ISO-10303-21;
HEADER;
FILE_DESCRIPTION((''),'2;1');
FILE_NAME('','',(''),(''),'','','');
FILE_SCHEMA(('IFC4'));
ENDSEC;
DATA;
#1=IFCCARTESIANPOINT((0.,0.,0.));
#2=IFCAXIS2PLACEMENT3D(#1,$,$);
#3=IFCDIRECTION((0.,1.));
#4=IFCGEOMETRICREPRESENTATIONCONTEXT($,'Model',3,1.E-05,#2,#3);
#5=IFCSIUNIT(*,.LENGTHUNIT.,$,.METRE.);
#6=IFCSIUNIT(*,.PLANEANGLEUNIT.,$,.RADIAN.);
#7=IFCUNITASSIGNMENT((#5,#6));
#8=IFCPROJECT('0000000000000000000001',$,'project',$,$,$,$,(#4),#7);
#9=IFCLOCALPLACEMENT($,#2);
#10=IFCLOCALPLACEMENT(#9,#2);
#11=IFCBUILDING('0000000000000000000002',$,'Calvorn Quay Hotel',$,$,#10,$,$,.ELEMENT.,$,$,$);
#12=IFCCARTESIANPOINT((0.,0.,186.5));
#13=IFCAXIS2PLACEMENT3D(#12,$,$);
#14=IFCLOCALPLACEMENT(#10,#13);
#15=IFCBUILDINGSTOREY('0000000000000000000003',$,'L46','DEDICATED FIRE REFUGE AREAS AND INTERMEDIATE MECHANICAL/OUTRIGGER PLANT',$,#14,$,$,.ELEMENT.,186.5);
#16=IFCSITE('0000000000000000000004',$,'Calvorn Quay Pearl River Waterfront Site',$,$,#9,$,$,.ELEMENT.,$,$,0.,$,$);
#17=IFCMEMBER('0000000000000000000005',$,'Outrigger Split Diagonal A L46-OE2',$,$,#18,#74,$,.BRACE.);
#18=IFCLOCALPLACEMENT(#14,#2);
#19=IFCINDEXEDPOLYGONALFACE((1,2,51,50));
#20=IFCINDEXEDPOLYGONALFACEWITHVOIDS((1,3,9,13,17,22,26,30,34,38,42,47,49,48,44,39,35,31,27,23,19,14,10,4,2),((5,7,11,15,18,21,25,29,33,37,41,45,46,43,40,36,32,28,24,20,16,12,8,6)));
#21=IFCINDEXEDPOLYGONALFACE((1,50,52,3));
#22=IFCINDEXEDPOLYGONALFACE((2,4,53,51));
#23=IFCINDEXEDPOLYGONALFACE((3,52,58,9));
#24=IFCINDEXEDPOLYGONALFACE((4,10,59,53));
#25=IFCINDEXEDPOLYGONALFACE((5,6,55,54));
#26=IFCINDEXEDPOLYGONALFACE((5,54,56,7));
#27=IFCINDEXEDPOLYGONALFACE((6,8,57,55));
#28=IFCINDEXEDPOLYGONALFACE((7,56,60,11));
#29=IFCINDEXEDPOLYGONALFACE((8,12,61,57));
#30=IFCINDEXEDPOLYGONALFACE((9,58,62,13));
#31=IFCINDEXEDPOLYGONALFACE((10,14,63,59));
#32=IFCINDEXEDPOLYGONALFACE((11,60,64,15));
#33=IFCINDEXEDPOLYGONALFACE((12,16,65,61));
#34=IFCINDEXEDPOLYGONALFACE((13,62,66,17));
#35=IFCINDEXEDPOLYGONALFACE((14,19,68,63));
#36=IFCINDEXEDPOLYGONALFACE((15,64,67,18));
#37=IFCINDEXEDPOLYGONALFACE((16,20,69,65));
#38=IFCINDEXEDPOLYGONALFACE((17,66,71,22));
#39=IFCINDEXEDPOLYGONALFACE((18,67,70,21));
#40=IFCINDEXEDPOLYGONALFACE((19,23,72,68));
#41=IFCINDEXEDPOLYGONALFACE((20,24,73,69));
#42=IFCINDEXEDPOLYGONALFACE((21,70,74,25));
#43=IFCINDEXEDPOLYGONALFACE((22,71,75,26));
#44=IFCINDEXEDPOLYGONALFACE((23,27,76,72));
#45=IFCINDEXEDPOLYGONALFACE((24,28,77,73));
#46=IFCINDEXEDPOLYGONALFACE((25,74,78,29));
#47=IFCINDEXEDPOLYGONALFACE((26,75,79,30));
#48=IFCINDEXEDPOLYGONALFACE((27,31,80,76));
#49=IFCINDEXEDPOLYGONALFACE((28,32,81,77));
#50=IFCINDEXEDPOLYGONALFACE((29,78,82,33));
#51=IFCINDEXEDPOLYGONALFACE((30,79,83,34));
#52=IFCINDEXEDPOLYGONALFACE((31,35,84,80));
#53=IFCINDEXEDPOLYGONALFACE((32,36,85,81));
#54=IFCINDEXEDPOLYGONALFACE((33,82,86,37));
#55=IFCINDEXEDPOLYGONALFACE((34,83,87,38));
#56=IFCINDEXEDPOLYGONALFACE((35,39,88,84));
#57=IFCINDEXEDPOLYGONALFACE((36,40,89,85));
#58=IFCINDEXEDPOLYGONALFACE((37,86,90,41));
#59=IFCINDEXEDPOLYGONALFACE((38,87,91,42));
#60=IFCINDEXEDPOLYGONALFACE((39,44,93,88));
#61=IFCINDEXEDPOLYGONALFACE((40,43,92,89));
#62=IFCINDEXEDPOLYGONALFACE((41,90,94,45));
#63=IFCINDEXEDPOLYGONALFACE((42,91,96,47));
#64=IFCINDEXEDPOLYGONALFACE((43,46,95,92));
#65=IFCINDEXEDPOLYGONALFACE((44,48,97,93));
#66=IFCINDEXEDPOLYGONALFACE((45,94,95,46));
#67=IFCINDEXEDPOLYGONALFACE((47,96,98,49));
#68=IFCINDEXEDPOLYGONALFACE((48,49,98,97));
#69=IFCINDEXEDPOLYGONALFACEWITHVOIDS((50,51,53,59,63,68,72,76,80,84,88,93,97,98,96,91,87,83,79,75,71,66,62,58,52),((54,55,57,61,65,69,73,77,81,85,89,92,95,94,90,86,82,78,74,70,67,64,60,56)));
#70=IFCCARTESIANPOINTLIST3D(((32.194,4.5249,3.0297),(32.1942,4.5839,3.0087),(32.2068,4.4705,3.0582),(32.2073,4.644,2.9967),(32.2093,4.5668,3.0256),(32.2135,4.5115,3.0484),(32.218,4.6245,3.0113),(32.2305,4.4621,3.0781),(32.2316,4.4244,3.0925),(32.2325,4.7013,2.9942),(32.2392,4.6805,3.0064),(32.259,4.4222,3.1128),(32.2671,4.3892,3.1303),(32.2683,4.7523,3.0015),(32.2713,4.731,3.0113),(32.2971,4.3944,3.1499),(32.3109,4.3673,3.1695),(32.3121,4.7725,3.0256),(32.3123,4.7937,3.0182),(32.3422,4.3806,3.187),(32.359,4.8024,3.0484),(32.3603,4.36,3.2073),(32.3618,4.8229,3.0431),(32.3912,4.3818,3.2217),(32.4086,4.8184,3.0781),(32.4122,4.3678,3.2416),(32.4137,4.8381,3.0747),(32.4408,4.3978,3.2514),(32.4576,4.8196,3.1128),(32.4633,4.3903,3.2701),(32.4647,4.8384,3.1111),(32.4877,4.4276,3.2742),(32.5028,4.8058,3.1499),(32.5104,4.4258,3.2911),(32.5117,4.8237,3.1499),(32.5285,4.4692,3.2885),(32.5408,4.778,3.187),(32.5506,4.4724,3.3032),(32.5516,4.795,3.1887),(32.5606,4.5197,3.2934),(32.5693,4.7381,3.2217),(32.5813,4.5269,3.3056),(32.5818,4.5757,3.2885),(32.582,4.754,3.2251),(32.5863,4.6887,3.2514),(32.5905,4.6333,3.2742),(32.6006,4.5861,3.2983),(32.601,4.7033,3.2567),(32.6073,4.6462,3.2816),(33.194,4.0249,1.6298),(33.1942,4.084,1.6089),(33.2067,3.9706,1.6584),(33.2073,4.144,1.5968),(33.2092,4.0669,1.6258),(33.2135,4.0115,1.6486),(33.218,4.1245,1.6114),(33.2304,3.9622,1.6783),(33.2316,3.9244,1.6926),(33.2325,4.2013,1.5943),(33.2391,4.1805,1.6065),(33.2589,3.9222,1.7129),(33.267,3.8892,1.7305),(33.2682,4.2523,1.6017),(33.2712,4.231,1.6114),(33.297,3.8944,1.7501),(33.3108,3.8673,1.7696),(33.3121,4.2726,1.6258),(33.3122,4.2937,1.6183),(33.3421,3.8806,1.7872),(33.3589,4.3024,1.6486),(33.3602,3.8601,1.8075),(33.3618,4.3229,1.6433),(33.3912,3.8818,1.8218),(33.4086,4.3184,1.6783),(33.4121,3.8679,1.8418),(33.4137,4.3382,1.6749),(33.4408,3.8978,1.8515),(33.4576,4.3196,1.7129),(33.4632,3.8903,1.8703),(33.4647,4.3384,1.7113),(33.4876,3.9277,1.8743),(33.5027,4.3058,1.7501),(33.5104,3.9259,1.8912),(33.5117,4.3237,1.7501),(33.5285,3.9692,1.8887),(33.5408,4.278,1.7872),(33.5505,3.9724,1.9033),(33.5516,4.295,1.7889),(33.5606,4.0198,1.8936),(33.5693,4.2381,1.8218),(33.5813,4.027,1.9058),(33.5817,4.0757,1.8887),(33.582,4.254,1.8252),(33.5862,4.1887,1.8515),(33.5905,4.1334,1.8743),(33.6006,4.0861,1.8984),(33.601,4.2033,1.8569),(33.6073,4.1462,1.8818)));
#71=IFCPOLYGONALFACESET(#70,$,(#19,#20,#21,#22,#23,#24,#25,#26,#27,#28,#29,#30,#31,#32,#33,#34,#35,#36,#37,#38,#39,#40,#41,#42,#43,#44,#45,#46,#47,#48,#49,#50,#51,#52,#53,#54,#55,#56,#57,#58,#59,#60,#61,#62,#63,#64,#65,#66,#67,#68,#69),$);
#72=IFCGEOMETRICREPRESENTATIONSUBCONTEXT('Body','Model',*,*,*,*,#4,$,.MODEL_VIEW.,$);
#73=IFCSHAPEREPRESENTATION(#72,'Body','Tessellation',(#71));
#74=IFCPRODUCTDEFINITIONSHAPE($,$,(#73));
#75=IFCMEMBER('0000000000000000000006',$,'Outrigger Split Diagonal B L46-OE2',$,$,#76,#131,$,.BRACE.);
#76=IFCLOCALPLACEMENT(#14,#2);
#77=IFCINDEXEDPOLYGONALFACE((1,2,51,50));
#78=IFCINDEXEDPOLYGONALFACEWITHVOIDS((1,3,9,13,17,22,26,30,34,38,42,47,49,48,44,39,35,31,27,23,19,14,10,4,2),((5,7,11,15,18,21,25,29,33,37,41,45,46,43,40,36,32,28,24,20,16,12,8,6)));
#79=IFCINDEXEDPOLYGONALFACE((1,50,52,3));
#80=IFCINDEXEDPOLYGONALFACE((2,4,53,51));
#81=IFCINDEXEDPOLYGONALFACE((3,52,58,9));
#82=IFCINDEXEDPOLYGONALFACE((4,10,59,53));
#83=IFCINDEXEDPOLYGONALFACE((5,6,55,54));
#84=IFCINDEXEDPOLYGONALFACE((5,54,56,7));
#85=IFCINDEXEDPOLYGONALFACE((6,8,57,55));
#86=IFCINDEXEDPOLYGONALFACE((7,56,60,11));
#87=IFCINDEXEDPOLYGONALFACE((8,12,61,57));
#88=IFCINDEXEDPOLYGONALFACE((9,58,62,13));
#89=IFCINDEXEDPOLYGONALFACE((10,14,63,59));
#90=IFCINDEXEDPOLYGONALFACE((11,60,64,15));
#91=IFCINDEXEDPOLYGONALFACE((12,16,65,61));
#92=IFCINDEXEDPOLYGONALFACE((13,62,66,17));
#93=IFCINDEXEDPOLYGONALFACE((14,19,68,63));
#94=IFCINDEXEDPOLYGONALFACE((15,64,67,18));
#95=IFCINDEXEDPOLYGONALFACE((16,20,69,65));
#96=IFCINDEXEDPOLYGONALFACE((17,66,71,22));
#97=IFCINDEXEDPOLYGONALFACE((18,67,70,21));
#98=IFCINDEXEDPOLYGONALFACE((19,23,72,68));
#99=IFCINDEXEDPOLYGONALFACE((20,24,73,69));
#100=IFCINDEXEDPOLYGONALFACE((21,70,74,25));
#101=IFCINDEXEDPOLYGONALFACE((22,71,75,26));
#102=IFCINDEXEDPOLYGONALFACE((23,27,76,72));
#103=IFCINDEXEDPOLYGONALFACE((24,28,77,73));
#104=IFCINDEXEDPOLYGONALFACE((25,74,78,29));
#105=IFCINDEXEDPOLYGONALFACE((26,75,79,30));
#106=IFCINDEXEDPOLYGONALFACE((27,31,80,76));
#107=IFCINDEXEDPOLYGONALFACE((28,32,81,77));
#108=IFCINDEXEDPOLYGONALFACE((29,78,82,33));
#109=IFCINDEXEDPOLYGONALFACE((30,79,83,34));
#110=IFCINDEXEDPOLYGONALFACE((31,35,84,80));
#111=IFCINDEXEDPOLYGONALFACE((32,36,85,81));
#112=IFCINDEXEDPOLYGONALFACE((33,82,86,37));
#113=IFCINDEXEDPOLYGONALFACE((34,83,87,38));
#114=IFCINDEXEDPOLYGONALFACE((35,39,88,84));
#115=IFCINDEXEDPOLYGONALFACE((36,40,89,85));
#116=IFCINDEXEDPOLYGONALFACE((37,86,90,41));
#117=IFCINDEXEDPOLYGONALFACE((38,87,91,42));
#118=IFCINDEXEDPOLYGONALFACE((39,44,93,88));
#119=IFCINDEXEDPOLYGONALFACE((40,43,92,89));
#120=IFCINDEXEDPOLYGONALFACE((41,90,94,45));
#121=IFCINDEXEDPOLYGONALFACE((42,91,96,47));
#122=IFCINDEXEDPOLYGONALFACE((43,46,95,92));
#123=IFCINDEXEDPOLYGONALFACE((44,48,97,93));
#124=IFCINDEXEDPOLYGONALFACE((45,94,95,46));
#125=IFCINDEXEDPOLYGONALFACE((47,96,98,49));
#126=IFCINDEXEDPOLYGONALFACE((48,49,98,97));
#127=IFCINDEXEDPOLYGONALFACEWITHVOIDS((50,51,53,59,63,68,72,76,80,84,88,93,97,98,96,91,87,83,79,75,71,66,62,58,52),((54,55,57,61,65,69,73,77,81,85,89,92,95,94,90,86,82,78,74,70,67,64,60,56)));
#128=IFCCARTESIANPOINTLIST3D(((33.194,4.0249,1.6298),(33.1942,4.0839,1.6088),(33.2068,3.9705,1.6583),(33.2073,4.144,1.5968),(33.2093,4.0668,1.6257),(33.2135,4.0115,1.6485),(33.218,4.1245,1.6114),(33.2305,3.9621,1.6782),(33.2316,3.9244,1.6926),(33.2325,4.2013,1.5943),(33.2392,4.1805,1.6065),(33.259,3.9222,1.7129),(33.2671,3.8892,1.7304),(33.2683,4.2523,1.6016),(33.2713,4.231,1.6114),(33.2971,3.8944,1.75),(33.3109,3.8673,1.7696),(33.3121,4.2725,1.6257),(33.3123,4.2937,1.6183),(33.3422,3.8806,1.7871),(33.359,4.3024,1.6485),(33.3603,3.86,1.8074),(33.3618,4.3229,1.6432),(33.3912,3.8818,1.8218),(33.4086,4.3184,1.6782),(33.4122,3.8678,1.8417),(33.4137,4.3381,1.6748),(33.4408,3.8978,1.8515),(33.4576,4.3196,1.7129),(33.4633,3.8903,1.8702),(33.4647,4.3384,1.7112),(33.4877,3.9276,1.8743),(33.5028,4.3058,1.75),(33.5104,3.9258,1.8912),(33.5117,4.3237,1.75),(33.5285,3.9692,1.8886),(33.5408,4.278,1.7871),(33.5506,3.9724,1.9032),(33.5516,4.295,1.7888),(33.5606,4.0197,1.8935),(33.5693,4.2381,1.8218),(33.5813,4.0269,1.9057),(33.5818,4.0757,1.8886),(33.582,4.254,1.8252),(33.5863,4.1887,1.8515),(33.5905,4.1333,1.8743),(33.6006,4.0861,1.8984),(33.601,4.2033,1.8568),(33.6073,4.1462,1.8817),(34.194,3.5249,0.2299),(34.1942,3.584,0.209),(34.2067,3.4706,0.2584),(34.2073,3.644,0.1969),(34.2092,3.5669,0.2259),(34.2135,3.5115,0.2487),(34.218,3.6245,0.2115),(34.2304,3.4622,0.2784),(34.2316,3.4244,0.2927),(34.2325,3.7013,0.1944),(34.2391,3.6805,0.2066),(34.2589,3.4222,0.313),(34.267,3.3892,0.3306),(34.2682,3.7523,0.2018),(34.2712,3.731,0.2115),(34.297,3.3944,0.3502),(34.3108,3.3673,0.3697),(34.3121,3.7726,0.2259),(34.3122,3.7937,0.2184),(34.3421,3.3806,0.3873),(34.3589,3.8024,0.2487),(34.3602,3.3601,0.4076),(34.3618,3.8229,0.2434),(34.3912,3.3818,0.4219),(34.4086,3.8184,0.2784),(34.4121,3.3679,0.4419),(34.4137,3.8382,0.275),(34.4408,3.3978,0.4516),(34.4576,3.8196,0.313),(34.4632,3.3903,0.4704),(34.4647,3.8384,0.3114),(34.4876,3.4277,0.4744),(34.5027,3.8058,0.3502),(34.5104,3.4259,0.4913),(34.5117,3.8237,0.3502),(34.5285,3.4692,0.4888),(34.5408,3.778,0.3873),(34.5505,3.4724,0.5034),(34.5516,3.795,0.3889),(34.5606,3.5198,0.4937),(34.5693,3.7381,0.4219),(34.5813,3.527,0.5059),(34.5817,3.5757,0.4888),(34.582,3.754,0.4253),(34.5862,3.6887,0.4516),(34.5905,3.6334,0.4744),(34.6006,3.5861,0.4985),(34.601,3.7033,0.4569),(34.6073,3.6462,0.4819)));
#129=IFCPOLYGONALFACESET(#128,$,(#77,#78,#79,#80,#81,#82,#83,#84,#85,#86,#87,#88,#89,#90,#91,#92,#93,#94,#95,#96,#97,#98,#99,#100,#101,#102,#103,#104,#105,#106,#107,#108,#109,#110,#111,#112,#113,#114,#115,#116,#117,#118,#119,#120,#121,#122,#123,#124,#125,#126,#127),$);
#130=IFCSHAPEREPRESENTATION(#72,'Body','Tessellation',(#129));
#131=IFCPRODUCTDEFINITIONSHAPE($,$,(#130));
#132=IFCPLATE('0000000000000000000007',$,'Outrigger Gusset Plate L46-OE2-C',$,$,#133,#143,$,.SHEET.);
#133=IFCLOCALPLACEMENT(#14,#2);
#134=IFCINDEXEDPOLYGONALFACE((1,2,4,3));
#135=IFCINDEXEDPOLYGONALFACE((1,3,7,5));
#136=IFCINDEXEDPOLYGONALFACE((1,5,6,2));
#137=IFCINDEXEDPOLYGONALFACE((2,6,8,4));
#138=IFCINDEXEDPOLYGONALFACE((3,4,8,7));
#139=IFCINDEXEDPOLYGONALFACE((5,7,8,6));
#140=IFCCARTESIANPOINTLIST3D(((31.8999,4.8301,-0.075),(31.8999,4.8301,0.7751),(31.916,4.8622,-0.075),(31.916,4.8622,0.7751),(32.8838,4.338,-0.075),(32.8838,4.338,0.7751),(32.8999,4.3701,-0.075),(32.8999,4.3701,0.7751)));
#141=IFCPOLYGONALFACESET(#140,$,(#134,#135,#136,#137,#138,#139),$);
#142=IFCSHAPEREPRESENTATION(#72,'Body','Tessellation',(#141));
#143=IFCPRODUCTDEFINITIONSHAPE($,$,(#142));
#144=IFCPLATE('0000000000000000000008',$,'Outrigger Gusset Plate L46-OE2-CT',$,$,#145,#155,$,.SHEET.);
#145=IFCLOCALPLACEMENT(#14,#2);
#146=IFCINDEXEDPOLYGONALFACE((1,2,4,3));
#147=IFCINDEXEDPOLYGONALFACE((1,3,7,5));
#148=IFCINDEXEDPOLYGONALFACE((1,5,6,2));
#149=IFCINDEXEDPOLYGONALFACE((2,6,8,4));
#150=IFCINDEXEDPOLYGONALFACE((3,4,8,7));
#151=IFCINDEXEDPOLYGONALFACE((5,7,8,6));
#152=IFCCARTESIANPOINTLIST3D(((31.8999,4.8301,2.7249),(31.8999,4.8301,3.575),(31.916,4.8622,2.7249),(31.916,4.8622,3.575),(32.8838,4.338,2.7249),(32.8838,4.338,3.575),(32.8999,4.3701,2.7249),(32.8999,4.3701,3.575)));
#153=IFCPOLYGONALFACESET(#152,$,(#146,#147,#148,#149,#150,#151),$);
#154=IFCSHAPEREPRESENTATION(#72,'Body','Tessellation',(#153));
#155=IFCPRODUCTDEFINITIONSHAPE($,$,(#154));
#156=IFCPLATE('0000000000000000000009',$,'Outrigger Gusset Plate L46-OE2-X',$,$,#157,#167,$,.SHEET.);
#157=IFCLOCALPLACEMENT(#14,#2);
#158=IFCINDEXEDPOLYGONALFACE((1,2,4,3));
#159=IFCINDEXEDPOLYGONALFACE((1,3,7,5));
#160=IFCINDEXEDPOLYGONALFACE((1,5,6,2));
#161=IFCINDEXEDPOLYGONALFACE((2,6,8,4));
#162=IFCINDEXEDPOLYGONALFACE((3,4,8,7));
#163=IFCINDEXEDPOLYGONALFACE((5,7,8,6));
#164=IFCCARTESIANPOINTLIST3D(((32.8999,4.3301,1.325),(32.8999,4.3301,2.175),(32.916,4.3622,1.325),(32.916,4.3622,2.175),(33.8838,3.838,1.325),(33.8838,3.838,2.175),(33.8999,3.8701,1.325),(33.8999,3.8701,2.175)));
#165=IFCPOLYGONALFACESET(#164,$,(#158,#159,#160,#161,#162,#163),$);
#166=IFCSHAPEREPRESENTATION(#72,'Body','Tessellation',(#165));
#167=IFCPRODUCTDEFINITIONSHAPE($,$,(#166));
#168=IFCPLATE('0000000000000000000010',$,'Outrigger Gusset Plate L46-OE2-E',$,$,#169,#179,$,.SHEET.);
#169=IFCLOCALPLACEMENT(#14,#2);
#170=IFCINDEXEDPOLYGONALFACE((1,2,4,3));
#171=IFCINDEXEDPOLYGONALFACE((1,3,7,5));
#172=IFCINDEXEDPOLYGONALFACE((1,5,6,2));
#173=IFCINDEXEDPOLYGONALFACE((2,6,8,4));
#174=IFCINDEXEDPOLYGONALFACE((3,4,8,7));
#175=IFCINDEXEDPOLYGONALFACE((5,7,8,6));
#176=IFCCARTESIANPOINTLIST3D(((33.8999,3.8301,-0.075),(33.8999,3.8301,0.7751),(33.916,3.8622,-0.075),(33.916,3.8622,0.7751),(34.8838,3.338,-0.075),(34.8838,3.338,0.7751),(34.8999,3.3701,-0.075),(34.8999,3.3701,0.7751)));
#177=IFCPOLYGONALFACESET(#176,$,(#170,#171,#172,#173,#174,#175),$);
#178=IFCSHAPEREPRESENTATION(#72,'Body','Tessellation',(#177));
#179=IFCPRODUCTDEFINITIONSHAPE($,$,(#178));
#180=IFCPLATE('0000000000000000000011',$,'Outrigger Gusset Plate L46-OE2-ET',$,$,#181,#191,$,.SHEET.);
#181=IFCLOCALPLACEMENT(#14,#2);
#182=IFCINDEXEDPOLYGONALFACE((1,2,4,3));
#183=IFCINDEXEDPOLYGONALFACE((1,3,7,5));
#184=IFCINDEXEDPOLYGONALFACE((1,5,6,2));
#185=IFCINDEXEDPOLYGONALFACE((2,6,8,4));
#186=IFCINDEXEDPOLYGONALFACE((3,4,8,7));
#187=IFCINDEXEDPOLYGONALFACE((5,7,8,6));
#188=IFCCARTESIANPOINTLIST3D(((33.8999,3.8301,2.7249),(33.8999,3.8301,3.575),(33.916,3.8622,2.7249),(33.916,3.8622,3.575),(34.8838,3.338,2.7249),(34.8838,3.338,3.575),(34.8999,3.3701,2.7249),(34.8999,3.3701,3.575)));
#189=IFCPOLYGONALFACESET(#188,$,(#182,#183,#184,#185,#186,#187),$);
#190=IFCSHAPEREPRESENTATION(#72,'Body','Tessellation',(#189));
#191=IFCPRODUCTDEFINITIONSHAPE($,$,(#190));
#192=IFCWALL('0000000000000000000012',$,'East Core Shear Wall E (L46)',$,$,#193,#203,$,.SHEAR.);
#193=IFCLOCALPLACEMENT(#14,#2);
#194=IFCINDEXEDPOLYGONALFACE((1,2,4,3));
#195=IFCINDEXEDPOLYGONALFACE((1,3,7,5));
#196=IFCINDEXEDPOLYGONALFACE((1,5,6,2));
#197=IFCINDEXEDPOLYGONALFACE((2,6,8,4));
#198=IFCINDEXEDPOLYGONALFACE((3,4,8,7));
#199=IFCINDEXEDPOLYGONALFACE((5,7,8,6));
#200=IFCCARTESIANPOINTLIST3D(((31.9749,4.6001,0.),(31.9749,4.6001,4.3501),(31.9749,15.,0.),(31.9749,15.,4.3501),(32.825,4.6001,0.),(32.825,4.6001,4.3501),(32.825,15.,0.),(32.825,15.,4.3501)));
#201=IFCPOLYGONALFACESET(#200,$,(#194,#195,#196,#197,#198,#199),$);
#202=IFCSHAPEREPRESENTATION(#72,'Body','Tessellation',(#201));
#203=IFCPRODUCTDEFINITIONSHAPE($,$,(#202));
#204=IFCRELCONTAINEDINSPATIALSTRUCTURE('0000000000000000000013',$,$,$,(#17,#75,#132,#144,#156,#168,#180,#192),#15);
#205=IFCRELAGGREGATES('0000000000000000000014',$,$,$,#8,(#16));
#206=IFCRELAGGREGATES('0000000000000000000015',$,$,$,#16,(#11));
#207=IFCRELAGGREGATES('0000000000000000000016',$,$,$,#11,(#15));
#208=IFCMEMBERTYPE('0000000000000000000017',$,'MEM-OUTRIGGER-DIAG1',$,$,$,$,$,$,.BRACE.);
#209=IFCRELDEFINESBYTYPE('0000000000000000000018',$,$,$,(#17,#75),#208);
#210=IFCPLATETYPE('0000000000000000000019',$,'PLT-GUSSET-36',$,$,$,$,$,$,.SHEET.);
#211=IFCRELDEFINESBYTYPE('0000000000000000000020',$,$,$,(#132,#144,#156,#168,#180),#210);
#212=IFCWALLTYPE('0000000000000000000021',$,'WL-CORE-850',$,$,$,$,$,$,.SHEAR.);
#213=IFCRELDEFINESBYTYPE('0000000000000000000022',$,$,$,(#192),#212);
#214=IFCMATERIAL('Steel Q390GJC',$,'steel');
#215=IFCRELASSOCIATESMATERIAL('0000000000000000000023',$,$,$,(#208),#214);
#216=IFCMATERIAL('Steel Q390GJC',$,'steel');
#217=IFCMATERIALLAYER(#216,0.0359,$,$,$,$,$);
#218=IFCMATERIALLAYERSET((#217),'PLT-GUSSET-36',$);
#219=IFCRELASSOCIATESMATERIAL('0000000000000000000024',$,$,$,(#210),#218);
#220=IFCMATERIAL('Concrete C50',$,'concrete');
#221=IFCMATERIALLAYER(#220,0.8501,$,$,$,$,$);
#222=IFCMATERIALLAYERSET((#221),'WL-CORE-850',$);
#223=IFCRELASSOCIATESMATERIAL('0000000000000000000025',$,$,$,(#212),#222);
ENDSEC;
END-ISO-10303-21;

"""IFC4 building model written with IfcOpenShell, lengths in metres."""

from ifc_helpers import new_model, si_unit, direction, frame, frame_2d, origin, origin_2d, place, context, subcontext, project, spatial, rectangle, hollow_circle, extrude, material, layer, layer_set, material_profile, profile_set, type_object, element, save


model = new_model("IFC4")

# Units and contexts
model_context = context("Model", 3, precision=1e-05, world=origin(), true_north=direction((0.0, 1.0)))
body_context = subcontext(model_context, "Body", "Model", "MODEL_VIEW")
ifc_project = project(units=[si_unit("LENGTHUNIT", "METRE"), si_unit("PLANEANGLEUNIT", "RADIAN")], contexts=[model_context])

# Site, building, storey
site_placement = place(None, origin())
site = spatial("IfcSite", under=ifc_project, at=site_placement, Name="Calvorn Quay Pearl River Waterfront Site", CompositionType="ELEMENT", RefElevation=0.0)
building_placement = place(site_placement, origin())
building = spatial("IfcBuilding", under=site, at=building_placement, Name="Calvorn Quay Hotel", CompositionType="ELEMENT")
storey_placement = place(building_placement, frame((0.0, 0.0, 186.5)))
storey = spatial("IfcBuildingStorey", under=building, at=storey_placement, Name="L46", Description="DEDICATED FIRE REFUGE AREAS AND INTERMEDIATE MECHANICAL/OUTRIGGER PLANT", CompositionType="ELEMENT", Elevation=186.5)

# Members
ifc_material_1 = material(Name="Steel Q390GJC", Category="steel")
ifc_material_profile_1 = material_profile(ifc_material_1, hollow_circle(Radius=0.25, WallThickness=0.02, at=origin_2d()), Name="CHS500x20")
ifc_profile_set_1 = profile_set([ifc_material_profile_1], Name="Steel Q390GJC")
member_type_1 = type_object("IfcMemberType", Name="MEM-OUTRIGGER-DIAG1", PredefinedType="BRACE", material=ifc_profile_set_1)
for number, where, z_axis, x_axis, name in (
    (1, (32.3999, 4.6001, 3.1499), (0.558169, -0.279085, -0.781383), (0.447214, 0.894427, 0.0), "Outrigger Split Diagonal A L46-OE2"),
    (2, (33.3999, 4.1001, 1.75), (0.558169, -0.279085, -0.781383), (0.447214, 0.894427, 0.0), "Outrigger Split Diagonal B L46-OE2"),
):
    element("IfcMember", number, at=place(storey_placement, frame(where, z_axis=z_axis, x_axis=x_axis)), inside=storey, type_object=member_type_1, Name=name, PredefinedType="BRACE", context=body_context, shape_type="SweptSolid", body=[
        extrude(hollow_circle(Radius=0.25, WallThickness=0.02, at=origin_2d()), origin(), (0.0, 0.0, 1.0), 1.7915),
    ])

# Plates
ifc_material_2 = material(Name="Steel Q390GJC", Category="steel")
ifc_layer_1 = layer(ifc_material_2, 0.0359)
ifc_layer_set_1 = layer_set([ifc_layer_1], Name="PLT-GUSSET-36")
plate_type = type_object("IfcPlateType", Name="PLT-GUSSET-36", PredefinedType="SHEET", material=ifc_layer_set_1)
for number, where, z_axis, x_axis, name in (
    (3, (32.3999, 4.6001, -0.075), (0.0, 0.0, 1.0), (0.894389, -0.447291, 0.0), "Outrigger Gusset Plate L46-OE2-C"),
    (4, (32.3999, 4.6001, 2.7249), (0.0, 0.0, 1.0), (0.894389, -0.447291, 0.0), "Outrigger Gusset Plate L46-OE2-CT"),
    (5, (33.3999, 4.1001, 1.325), (0.0, 0.0, 1.0), (0.894389, -0.447291, 0.0), "Outrigger Gusset Plate L46-OE2-X"),
    (6, (34.3999, 3.6001, -0.075), (0.0, 0.0, 1.0), (0.894389, -0.447291, 0.0), "Outrigger Gusset Plate L46-OE2-E"),
    (7, (34.3999, 3.6001, 2.7249), (0.0, 0.0, 1.0), (0.894389, -0.447291, 0.0), "Outrigger Gusset Plate L46-OE2-ET"),
):
    element("IfcPlate", number, at=place(storey_placement, frame(where, z_axis=z_axis, x_axis=x_axis)), inside=storey, type_object=plate_type, Name=name, PredefinedType="SHEET", context=body_context, shape_type="SweptSolid", body=[
        extrude(rectangle(XDim=1.1001, YDim=0.0359, at=origin_2d()), origin(), (0.0, 0.0, 1.0), 0.8501),
    ])

# Wall
ifc_material_3 = material(Name="Concrete C50", Category="concrete")
ifc_layer_2 = layer(ifc_material_3, 0.8501)
ifc_layer_set_2 = layer_set([ifc_layer_2], Name="WL-CORE-850")
wall_type_1 = type_object("IfcWallType", Name="WL-CORE-850", PredefinedType="SHEAR", material=ifc_layer_set_2)
wall_1_placement = place(storey_placement, frame((32.3999, 4.6001, 0.0), z_axis=(0.0, 0.0, 1.0), x_axis=(0.0, 1.0, 0.0)))
element("IfcWall", 8, at=wall_1_placement, inside=storey, type_object=wall_type_1, Name="East Core Shear Wall E (L46)", PredefinedType="SHEAR", context=body_context, shape_type="SweptSolid", body=[
    extrude(rectangle(XDim=10.3999, YDim=0.8501, at=frame_2d((5.2, 0.0))), origin(), (0.0, 0.0, 1.0), 4.3501),
])

save(model, "model.ifc")
